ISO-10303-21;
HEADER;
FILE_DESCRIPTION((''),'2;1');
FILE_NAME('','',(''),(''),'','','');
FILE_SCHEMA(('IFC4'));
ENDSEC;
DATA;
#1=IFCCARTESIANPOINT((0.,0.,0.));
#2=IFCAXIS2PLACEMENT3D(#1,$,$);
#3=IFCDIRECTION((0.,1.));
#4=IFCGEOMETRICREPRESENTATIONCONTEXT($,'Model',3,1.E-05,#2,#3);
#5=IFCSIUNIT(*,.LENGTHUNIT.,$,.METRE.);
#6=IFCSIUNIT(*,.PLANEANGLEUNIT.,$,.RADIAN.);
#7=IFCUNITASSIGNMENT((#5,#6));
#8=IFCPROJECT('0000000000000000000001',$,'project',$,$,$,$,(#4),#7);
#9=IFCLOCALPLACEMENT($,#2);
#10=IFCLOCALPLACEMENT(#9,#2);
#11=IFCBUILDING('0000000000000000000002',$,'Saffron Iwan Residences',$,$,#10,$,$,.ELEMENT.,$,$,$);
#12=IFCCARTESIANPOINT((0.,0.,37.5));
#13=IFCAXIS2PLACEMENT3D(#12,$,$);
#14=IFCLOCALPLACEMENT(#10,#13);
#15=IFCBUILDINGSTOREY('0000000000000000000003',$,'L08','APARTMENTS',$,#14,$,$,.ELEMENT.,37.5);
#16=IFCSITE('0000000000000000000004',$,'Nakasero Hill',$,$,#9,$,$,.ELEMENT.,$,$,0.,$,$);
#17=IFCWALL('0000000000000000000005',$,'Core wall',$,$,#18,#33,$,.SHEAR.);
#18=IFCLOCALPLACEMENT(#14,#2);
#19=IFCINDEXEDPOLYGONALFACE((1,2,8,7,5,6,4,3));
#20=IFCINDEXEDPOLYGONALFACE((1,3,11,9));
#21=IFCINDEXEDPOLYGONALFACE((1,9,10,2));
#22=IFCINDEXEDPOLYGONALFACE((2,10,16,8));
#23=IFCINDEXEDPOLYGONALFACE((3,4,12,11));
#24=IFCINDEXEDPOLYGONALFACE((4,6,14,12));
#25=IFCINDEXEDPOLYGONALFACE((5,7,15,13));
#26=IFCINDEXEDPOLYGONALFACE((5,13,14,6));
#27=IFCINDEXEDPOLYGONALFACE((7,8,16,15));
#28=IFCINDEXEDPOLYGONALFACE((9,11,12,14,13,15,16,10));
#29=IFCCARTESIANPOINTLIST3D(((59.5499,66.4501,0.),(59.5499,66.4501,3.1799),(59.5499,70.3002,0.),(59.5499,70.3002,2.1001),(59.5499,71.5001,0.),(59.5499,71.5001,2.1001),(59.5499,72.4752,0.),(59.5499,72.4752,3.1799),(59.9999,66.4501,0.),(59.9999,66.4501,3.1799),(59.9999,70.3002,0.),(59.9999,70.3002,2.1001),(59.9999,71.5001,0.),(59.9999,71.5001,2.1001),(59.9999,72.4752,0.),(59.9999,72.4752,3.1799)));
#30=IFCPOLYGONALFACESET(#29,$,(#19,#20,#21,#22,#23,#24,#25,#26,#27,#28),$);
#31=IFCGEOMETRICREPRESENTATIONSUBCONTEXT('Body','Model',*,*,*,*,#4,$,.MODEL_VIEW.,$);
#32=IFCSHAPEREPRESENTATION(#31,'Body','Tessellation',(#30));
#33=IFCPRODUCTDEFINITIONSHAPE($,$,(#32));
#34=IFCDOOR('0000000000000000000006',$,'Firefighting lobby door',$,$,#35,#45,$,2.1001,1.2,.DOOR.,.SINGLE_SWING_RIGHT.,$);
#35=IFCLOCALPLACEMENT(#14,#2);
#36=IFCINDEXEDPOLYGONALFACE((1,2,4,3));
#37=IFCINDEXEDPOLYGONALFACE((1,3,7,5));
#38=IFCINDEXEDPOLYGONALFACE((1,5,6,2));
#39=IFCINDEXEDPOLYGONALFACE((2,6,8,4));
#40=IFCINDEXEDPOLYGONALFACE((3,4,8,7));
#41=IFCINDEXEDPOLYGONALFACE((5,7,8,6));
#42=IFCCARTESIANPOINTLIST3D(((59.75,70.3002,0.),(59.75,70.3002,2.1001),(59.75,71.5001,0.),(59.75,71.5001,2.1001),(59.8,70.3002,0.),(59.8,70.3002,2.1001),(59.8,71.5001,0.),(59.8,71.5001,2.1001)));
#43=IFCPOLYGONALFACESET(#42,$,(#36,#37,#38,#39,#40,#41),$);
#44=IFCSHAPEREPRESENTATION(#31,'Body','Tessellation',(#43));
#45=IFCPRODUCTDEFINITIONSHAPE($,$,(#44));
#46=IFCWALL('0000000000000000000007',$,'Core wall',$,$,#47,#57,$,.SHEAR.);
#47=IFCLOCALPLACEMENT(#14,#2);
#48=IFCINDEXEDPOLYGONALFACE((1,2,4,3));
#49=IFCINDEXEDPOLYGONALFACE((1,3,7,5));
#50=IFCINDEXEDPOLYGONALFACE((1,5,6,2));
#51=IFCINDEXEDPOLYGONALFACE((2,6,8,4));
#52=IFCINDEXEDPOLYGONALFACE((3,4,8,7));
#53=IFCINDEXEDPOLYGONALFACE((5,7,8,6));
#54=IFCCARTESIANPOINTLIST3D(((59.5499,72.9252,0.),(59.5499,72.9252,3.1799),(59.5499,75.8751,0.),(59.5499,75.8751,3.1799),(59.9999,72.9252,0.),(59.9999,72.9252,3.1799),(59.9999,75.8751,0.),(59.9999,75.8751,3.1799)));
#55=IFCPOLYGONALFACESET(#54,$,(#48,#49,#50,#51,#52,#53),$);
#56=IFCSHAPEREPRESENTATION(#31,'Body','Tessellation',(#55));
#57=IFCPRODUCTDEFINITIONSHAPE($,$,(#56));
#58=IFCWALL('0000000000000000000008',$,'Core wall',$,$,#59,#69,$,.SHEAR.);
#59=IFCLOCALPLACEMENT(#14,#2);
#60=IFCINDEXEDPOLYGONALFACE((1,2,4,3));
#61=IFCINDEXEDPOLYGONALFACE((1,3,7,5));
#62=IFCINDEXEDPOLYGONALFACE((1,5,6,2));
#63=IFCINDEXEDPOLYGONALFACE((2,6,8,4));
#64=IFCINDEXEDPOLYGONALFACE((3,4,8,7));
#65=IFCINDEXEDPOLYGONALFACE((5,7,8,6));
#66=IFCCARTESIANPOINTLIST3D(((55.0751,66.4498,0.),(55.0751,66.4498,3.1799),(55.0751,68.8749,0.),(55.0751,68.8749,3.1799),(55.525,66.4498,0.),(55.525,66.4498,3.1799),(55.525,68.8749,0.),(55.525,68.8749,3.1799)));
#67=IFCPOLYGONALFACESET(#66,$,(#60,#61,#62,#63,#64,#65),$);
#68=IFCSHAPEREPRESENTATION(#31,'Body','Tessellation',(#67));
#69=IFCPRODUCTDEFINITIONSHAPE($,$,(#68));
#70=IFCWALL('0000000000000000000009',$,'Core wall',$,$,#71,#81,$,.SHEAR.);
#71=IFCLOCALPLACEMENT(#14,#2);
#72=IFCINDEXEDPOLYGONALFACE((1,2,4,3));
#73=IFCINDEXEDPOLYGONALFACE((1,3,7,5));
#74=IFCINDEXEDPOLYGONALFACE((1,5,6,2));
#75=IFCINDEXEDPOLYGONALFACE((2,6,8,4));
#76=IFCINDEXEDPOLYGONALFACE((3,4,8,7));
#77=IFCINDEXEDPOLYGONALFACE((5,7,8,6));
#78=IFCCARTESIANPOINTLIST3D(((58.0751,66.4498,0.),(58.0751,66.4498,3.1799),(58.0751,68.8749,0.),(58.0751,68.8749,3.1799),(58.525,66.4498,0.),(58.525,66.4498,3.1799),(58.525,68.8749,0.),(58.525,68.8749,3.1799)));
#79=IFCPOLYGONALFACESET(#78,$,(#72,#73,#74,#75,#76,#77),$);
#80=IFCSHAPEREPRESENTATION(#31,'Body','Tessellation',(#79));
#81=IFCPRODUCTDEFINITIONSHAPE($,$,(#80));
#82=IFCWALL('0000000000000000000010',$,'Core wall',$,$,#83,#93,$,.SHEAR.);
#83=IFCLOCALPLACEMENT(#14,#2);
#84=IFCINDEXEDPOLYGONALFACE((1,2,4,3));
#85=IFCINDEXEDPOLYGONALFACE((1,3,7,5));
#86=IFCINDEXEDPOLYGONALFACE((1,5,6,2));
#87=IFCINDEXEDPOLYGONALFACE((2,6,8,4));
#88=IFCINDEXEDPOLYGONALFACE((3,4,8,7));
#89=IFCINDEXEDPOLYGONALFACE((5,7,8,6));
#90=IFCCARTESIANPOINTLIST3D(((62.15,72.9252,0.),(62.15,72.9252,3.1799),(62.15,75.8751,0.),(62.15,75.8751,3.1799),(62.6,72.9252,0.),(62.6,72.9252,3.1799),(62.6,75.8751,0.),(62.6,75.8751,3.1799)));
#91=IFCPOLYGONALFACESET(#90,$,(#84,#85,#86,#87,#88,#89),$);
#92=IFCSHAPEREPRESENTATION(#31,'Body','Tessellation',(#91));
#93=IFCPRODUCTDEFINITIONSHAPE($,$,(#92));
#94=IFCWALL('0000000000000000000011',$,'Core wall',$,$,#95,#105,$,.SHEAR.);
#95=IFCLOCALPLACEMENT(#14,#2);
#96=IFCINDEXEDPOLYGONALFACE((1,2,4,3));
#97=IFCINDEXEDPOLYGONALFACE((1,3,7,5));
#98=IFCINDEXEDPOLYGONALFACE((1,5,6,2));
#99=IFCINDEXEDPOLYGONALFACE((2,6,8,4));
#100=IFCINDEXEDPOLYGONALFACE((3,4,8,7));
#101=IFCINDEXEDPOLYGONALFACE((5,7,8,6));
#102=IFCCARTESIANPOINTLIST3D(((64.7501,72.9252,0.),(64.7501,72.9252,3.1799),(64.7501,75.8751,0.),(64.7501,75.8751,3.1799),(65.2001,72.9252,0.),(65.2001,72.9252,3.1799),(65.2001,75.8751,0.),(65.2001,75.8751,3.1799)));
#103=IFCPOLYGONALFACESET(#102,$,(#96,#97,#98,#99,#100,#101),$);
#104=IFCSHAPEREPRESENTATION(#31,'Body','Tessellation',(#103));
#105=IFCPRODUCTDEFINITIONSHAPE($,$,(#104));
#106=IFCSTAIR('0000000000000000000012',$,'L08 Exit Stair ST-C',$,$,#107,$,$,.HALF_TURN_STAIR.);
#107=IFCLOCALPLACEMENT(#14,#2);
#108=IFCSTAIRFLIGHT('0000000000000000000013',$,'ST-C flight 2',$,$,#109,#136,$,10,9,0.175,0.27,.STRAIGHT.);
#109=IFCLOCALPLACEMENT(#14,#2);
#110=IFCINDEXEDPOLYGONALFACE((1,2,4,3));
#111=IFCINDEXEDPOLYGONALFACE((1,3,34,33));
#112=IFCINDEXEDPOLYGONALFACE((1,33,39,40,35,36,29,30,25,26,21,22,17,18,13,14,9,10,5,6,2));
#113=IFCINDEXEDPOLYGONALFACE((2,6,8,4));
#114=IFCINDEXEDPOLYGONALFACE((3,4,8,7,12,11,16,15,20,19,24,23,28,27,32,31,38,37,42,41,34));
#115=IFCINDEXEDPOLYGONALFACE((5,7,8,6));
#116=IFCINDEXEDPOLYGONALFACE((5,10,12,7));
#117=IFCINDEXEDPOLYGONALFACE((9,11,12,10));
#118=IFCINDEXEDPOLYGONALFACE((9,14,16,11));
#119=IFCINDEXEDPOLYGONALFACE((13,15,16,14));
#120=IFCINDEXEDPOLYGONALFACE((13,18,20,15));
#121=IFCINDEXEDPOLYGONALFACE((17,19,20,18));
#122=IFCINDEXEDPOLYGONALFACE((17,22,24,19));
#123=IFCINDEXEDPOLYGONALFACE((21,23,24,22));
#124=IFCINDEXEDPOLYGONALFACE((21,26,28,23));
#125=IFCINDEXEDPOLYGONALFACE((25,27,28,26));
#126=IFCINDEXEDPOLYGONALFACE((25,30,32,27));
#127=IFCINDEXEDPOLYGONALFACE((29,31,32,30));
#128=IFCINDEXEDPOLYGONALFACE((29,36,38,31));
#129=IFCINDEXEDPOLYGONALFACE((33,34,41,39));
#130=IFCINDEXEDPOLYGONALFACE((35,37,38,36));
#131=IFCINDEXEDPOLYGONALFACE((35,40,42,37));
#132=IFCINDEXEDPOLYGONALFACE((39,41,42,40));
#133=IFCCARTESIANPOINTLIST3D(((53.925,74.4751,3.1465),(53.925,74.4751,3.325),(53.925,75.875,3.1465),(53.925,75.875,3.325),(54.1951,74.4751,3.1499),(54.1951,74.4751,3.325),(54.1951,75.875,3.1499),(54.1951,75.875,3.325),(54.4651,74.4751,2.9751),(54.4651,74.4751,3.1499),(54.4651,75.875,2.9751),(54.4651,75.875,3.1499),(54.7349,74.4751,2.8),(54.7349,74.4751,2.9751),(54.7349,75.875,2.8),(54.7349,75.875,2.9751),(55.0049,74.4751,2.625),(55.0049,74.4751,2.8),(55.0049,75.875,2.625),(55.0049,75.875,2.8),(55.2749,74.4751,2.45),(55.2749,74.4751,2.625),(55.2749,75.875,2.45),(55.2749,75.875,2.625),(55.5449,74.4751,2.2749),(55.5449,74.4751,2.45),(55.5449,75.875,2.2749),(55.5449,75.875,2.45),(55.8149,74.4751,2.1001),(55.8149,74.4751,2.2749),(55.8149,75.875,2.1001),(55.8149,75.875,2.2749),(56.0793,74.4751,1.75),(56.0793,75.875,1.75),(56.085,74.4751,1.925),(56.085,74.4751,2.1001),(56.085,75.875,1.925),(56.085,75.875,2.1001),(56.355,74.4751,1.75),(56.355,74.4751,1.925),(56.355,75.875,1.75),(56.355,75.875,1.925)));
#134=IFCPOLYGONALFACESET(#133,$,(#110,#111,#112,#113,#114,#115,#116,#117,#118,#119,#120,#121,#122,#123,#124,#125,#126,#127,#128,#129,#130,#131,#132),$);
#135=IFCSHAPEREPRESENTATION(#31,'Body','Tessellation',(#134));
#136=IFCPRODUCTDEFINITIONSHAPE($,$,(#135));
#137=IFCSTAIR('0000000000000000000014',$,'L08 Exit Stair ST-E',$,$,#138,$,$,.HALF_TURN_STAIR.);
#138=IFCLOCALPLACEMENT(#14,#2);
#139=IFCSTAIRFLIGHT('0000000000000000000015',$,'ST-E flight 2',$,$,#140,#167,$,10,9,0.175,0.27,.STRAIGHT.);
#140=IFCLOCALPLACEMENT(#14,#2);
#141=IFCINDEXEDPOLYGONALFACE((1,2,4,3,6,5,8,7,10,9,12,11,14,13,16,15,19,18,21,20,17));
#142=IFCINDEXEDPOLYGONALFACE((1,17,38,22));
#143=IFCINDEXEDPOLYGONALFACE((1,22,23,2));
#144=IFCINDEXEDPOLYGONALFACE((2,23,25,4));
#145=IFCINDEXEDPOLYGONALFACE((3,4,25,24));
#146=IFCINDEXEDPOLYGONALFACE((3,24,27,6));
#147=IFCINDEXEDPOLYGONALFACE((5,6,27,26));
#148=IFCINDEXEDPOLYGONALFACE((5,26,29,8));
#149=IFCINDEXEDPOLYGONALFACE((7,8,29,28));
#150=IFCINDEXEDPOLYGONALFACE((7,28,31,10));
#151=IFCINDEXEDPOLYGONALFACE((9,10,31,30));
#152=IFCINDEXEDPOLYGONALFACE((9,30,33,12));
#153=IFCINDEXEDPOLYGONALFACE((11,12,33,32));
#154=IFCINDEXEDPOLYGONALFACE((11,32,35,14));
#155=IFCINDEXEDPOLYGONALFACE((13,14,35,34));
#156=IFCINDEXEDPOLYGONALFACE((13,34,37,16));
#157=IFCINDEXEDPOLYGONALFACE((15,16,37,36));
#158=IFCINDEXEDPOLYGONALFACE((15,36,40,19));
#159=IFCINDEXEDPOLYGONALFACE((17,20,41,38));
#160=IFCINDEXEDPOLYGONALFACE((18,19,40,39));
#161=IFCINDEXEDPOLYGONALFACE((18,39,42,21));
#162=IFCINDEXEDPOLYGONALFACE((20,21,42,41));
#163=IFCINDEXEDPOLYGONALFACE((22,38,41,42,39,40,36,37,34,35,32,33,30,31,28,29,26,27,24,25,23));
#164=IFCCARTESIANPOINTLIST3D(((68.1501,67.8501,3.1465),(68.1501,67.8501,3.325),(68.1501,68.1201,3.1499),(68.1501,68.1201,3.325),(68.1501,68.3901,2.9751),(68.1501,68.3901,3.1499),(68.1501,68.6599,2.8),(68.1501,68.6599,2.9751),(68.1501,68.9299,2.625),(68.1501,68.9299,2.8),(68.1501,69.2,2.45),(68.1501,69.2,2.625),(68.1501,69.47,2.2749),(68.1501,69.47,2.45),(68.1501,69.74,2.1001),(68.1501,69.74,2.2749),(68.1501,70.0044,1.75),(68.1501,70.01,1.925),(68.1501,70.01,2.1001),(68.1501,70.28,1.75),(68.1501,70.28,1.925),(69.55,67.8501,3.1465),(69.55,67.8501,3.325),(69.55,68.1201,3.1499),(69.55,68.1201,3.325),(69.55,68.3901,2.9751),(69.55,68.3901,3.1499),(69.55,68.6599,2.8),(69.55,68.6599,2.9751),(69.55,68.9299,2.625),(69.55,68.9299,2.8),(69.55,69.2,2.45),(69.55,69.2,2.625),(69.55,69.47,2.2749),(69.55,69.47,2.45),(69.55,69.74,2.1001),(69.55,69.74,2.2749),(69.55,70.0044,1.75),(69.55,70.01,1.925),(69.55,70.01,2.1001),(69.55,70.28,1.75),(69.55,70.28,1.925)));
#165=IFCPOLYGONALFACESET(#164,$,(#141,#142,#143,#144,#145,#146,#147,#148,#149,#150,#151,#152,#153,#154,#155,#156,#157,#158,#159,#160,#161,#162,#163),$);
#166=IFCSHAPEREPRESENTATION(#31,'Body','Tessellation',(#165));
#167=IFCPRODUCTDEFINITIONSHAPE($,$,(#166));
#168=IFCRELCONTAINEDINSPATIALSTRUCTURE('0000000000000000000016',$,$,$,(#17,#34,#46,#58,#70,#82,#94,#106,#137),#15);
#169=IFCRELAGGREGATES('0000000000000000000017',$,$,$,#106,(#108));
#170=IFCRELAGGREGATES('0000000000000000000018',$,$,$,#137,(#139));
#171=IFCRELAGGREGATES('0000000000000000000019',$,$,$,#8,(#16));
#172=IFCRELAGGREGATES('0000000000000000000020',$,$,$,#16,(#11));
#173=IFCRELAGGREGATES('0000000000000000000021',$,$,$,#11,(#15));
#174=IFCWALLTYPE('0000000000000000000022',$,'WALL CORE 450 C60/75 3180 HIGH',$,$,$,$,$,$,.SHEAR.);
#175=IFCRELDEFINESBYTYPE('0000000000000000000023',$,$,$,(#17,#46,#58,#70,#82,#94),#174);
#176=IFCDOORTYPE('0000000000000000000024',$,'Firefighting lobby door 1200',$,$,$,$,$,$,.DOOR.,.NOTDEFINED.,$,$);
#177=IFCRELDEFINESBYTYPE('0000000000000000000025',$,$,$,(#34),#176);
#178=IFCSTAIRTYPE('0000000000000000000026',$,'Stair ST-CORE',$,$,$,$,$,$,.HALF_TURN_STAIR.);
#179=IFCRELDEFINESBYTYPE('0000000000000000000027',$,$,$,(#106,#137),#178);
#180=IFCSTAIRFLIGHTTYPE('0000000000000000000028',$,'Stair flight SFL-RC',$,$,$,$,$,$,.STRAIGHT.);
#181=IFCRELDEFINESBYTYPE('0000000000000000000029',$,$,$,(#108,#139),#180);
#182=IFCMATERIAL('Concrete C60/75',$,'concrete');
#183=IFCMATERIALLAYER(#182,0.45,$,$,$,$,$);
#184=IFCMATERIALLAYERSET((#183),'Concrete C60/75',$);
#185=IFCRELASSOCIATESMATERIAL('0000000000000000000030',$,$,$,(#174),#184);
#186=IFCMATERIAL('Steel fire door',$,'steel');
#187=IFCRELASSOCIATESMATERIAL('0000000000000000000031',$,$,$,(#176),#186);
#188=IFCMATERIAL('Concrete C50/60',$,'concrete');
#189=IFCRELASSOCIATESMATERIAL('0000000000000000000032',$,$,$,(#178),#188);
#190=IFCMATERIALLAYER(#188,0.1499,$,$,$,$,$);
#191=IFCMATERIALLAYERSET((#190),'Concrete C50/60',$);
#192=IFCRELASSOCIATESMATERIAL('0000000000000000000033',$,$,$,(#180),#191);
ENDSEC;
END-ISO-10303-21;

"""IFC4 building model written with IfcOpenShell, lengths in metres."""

from ifc_helpers import new_model, si_unit, direction, frame, frame_2d, origin, place, context, subcontext, project, spatial, polyline, rectangle, outline, extrude, material, layer, layer_set, type_object, element, fill, aggregate, save


model = new_model("IFC4")

# Units and contexts
model_context = context("Model", 3, precision=1e-05, world=origin(), true_north=direction((0.0, 1.0)))
body_context = subcontext(model_context, "Body", "Model", "MODEL_VIEW")
ifc_project = project(units=[si_unit("LENGTHUNIT", "METRE"), si_unit("PLANEANGLEUNIT", "RADIAN")], contexts=[model_context])

# Site, building, storey
site_placement = place(None, origin())
site = spatial("IfcSite", under=ifc_project, at=site_placement, Name="Nakasero Hill", CompositionType="ELEMENT", RefElevation=0.0)
building_placement = place(site_placement, origin())
building = spatial("IfcBuilding", under=site, at=building_placement, Name="Saffron Iwan Residences", CompositionType="ELEMENT")
storey_placement = place(building_placement, frame((0.0, 0.0, 37.5)))
storey = spatial("IfcBuildingStorey", under=building, at=storey_placement, Name="L08", Description="APARTMENTS", CompositionType="ELEMENT", Elevation=37.5)

# Shared definitions
ifc_material_1 = material(Name="Concrete C60/75", Category="concrete")

# Shared definitions
ifc_layer_1 = layer(ifc_material_1, 0.45)
ifc_layer_set_1 = layer_set([ifc_layer_1], Name="Concrete C60/75")
wall_type_1 = type_object("IfcWallType", Name="WALL CORE 450 C60/75 3180 HIGH", PredefinedType="SHEAR", material=ifc_layer_set_1)

# Wall, opening, door
ifc_material_2 = material(Name="Steel fire door", Category="steel")
wall_1_placement = place(storey_placement, frame((59.7749, 66.45, 0.0), z_axis=(0.0, 0.0, 1.0), x_axis=(0.0, 1.0, 0.0)))
wall_1 = element("IfcWall", 1, at=wall_1_placement, inside=storey, type_object=wall_type_1, Name="Core wall", PredefinedType="SHEAR", context=body_context, shape_type="SweptSolid", body=[
    extrude(rectangle(XDim=6.0251, YDim=0.45, at=frame_2d((3.0127, 0.0))), origin(), (0.0, 0.0, 1.0), 3.1799),
])
opening_1_placement = place(wall_1_placement, frame((3.8501, 0.0, 0.0)))
opening_1 = element("IfcOpeningElement", 2, at=opening_1_placement, cuts=wall_1, PredefinedType="OPENING", context=body_context, shape_type="SweptSolid", body=[
    extrude(rectangle(XDim=1.2, YDim=2.1001, at=frame_2d((0.6001, 1.05))), frame((0.0, 0.2349, 0.0), z_axis=(0.0, -1.0, 0.0), x_axis=(1.0, 0.0, 0.0)), (0.0, 0.0, 1.0), 0.47),
])
door_type_1 = type_object("IfcDoorType", Name="Firefighting lobby door 1200", OperationType="NOTDEFINED", PredefinedType="DOOR", material=ifc_material_2)
door_1_placement = place(opening_1_placement, origin())
door_1 = element("IfcDoor", 3, at=door_1_placement, inside=storey, type_object=door_type_1, Name="Firefighting lobby door", OperationType="SINGLE_SWING_RIGHT", OverallHeight=2.1001, OverallWidth=1.2, PredefinedType="DOOR", context=body_context, shape_type="SweptSolid", body=[
    extrude(rectangle(XDim=1.2, YDim=2.1001, at=frame_2d((0.6001, 1.05))), frame((0.0, 0.0249, 0.0), z_axis=(0.0, -1.0, 0.0), x_axis=(1.0, 0.0, 0.0)), (0.0, 0.0, 1.0), 0.05),
])
fill(opening_1, door_1)

# Walls
wall_2_placement = place(storey_placement, frame((59.7749, 72.925, 0.0), z_axis=(0.0, 0.0, 1.0), x_axis=(0.0, 1.0, 0.0)))
element("IfcWall", 4, at=wall_2_placement, inside=storey, type_object=wall_type_1, Name="Core wall", PredefinedType="SHEAR", context=body_context, shape_type="SweptSolid", body=[
    extrude(rectangle(XDim=2.95, YDim=0.45, at=frame_2d((1.4751, 0.0))), origin(), (0.0, 0.0, 1.0), 3.1799),
])
for number, where, z_axis, x_axis, name in (
    (5, (55.3, 66.45, 0.0), (0.0, 0.0, 1.0), (0.0, 1.0, 0.0), "Core wall"),
    (6, (58.3, 66.45, 0.0), (0.0, 0.0, 1.0), (0.0, 1.0, 0.0), "Core wall"),
):
    element("IfcWall", number, at=place(storey_placement, frame(where, z_axis=z_axis, x_axis=x_axis)), inside=storey, type_object=wall_type_1, Name=name, PredefinedType="SHEAR", context=body_context, shape_type="SweptSolid", body=[
        extrude(rectangle(XDim=2.425, YDim=0.45, at=frame_2d((1.2124, 0.0))), origin(), (0.0, 0.0, 1.0), 3.1799),
    ])
for number, where, z_axis, x_axis, name in (
    (7, (62.375, 72.925, 0.0), (0.0, 0.0, 1.0), (0.0, 1.0, 0.0), "Core wall"),
    (8, (64.9751, 72.925, 0.0), (0.0, 0.0, 1.0), (0.0, 1.0, 0.0), "Core wall"),
):
    element("IfcWall", number, at=place(storey_placement, frame(where, z_axis=z_axis, x_axis=x_axis)), inside=storey, type_object=wall_type_1, Name=name, PredefinedType="SHEAR", context=body_context, shape_type="SweptSolid", body=[
        extrude(rectangle(XDim=2.95, YDim=0.45, at=frame_2d((1.4751, 0.0))), origin(), (0.0, 0.0, 1.0), 3.1799),
    ])

# Stairs, stair flights
ifc_material_3 = material(Name="Concrete C50/60", Category="concrete")
stair_type = type_object("IfcStairType", Name="Stair ST-CORE", PredefinedType="HALF_TURN_STAIR", material=ifc_material_3)
stair_1_placement = place(storey_placement, origin())
stair_1 = element("IfcStair", 9, at=stair_1_placement, inside=storey, type_object=stair_type, Name="L08 Exit Stair ST-C", PredefinedType="HALF_TURN_STAIR")
ifc_layer_2 = layer(ifc_material_3, 0.1499)
ifc_layer_set_2 = layer_set([ifc_layer_2], Name="Concrete C50/60")
stair_flight_type = type_object("IfcStairFlightType", Name="Stair flight SFL-RC", PredefinedType="STRAIGHT", material=ifc_layer_set_2)
stair_flight_1_placement = place(storey_placement, frame((56.355, 75.175, 1.75), z_axis=(0.0, 0.0, 1.0), x_axis=(-1.0, 0.0, 0.0)))
stair_flight_1 = element("IfcStairFlight", 10, at=stair_flight_1_placement, type_object=stair_flight_type, Name="ST-C flight 2", NumberOfRisers=10, NumberOfTreads=9, PredefinedType="STRAIGHT", RiserHeight=0.175, TreadLength=0.27, context=body_context, shape_type="SweptSolid", body=[
    extrude(outline(polyline([(0.0, 0.0), (0.0, 0.175), (0.27, 0.175), (0.27, 0.3501), (0.54, 0.3501), (0.54, 0.5249), (0.8101, 0.5249), (0.8101, 0.7), (1.0801, 0.7), (1.0801, 0.875), (1.3501, 0.875), (1.3501, 1.05), (1.6201, 1.05), (1.6201, 1.2251), (1.8899, 1.2251), (1.8899, 1.3999), (2.1599, 1.3999), (2.1599, 1.575), (2.4299, 1.575), (2.4299, 1.75), (2.4299, 1.3965), (0.2756, 0.0), (0.0, 0.0)])), frame((0.0, 0.7, 0.0), z_axis=(0.0, -1.0, 0.0), x_axis=(1.0, 0.0, 0.0)), (0.0, 0.0, 1.0), 1.3999),
])
aggregate(stair_1, [stair_flight_1])
stair_2_placement = place(storey_placement, origin())
stair_2 = element("IfcStair", 11, at=stair_2_placement, inside=storey, type_object=stair_type, Name="L08 Exit Stair ST-E", PredefinedType="HALF_TURN_STAIR")
stair_flight_2_placement = place(storey_placement, frame((68.8501, 70.28, 1.75), z_axis=(0.0, 0.0, 1.0), x_axis=(0.0, -1.0, 0.0)))
stair_flight_2 = element("IfcStairFlight", 12, at=stair_flight_2_placement, type_object=stair_flight_type, Name="ST-E flight 2", NumberOfRisers=10, NumberOfTreads=9, PredefinedType="STRAIGHT", RiserHeight=0.175, TreadLength=0.27, context=body_context, shape_type="SweptSolid", body=[
    extrude(outline(polyline([(0.0, 0.0), (0.0, 0.175), (0.27, 0.175), (0.27, 0.3501), (0.54, 0.3501), (0.54, 0.5249), (0.8101, 0.5249), (0.8101, 0.7), (1.0801, 0.7), (1.0801, 0.875), (1.3501, 0.875), (1.3501, 1.05), (1.6201, 1.05), (1.6201, 1.2251), (1.8899, 1.2251), (1.8899, 1.3999), (2.1599, 1.3999), (2.1599, 1.575), (2.4299, 1.575), (2.4299, 1.75), (2.4299, 1.3965), (0.2756, 0.0), (0.0, 0.0)])), frame((0.0, 0.7, 0.0), z_axis=(0.0, -1.0, 0.0), x_axis=(1.0, 0.0, 0.0)), (0.0, 0.0, 1.0), 1.3999),
])
aggregate(stair_2, [stair_flight_2])

save(model, "model.ifc")
